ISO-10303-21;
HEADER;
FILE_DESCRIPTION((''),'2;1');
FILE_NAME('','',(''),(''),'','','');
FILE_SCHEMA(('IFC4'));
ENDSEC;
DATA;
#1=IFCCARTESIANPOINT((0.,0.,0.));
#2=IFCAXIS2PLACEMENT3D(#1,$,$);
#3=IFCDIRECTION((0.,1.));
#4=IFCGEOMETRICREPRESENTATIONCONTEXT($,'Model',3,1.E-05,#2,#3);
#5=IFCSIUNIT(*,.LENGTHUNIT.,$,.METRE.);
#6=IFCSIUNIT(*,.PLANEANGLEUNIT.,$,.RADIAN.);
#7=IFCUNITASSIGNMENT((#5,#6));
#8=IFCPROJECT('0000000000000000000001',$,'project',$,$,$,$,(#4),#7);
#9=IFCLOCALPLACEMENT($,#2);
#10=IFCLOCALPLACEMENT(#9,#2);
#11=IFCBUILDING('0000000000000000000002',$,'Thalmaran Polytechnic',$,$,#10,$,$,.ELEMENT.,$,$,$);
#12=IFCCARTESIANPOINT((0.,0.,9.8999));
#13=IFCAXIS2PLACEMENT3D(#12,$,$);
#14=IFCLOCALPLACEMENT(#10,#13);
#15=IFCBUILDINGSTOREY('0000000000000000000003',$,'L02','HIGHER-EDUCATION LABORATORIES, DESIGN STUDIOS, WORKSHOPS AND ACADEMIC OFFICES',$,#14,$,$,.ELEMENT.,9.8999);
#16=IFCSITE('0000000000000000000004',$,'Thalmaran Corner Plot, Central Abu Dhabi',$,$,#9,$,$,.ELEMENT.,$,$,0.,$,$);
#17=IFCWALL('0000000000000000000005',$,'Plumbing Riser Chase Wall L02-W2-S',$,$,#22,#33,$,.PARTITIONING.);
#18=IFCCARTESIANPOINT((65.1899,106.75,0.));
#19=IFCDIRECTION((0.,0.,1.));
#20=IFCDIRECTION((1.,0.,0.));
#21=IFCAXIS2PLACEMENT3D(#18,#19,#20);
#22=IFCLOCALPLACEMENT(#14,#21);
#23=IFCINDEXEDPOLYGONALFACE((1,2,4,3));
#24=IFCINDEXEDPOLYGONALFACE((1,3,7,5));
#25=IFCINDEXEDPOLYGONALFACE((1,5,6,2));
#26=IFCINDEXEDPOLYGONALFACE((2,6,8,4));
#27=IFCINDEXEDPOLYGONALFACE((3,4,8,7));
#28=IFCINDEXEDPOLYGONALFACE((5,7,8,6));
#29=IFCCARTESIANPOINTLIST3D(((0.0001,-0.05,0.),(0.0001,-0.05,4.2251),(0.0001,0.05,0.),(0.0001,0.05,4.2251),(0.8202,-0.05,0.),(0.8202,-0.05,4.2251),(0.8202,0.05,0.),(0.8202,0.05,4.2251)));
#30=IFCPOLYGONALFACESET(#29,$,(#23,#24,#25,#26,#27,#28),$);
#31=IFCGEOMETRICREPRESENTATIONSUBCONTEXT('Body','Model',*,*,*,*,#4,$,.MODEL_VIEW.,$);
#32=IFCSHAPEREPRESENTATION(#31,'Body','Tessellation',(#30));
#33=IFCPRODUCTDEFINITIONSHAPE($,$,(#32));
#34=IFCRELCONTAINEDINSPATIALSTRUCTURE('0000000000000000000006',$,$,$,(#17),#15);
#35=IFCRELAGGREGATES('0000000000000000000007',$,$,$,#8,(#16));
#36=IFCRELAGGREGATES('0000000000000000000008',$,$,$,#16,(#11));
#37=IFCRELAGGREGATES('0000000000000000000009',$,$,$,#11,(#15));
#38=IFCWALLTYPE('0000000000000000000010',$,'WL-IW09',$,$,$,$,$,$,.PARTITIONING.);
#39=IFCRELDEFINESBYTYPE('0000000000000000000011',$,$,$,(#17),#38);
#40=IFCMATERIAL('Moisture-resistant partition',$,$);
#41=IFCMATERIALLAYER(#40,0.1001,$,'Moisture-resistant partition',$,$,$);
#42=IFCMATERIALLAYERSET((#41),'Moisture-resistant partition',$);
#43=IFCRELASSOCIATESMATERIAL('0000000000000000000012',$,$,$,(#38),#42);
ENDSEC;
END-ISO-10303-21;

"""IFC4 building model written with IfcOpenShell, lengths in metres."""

from ifc_helpers import new_model, si_unit, direction, frame, frame_2d, origin, place, context, subcontext, project, spatial, rectangle, extrude, material, layer, layer_set, type_object, element, save


model = new_model("IFC4")

# Units and contexts
model_context = context("Model", 3, precision=1e-05, world=origin(), true_north=direction((0.0, 1.0)))
body_context = subcontext(model_context, "Body", "Model", "MODEL_VIEW")
ifc_project = project(units=[si_unit("LENGTHUNIT", "METRE"), si_unit("PLANEANGLEUNIT", "RADIAN")], contexts=[model_context])

# Site, building, storey
site_placement = place(None, origin())
site = spatial("IfcSite", under=ifc_project, at=site_placement, Name="Thalmaran Corner Plot, Central Abu Dhabi", CompositionType="ELEMENT", RefElevation=0.0)
building_placement = place(site_placement, origin())
building = spatial("IfcBuilding", under=site, at=building_placement, Name="Thalmaran Polytechnic", CompositionType="ELEMENT")
storey_placement = place(building_placement, frame((0.0, 0.0, 9.8999)))
storey = spatial("IfcBuildingStorey", under=building, at=storey_placement, Name="L02", Description="HIGHER-EDUCATION LABORATORIES, DESIGN STUDIOS, WORKSHOPS AND ACADEMIC OFFICES", CompositionType="ELEMENT", Elevation=9.8999)

# Wall
ifc_material_1 = material(Name="Moisture-resistant partition")
ifc_layer_1 = layer(ifc_material_1, 0.1001, Name="Moisture-resistant partition")
ifc_layer_set_1 = layer_set([ifc_layer_1], Name="Moisture-resistant partition")
wall_type_1 = type_object("IfcWallType", Name="WL-IW09", PredefinedType="PARTITIONING", material=ifc_layer_set_1)
wall_1_placement = place(storey_placement, frame((65.1899, 106.75, 0.0), z_axis=(0.0, 0.0, 1.0), x_axis=(1.0, 0.0, 0.0)))
element("IfcWall", 1, at=wall_1_placement, inside=storey, type_object=wall_type_1, Name="Plumbing Riser Chase Wall L02-W2-S", PredefinedType="PARTITIONING", context=body_context, shape_type="SweptSolid", body=[
    extrude(rectangle(XDim=0.8201, YDim=0.1001, at=frame_2d((0.4102, 0.0))), origin(), (0.0, 0.0, 1.0), 4.2251),
])

save(model, "model.ifc")
